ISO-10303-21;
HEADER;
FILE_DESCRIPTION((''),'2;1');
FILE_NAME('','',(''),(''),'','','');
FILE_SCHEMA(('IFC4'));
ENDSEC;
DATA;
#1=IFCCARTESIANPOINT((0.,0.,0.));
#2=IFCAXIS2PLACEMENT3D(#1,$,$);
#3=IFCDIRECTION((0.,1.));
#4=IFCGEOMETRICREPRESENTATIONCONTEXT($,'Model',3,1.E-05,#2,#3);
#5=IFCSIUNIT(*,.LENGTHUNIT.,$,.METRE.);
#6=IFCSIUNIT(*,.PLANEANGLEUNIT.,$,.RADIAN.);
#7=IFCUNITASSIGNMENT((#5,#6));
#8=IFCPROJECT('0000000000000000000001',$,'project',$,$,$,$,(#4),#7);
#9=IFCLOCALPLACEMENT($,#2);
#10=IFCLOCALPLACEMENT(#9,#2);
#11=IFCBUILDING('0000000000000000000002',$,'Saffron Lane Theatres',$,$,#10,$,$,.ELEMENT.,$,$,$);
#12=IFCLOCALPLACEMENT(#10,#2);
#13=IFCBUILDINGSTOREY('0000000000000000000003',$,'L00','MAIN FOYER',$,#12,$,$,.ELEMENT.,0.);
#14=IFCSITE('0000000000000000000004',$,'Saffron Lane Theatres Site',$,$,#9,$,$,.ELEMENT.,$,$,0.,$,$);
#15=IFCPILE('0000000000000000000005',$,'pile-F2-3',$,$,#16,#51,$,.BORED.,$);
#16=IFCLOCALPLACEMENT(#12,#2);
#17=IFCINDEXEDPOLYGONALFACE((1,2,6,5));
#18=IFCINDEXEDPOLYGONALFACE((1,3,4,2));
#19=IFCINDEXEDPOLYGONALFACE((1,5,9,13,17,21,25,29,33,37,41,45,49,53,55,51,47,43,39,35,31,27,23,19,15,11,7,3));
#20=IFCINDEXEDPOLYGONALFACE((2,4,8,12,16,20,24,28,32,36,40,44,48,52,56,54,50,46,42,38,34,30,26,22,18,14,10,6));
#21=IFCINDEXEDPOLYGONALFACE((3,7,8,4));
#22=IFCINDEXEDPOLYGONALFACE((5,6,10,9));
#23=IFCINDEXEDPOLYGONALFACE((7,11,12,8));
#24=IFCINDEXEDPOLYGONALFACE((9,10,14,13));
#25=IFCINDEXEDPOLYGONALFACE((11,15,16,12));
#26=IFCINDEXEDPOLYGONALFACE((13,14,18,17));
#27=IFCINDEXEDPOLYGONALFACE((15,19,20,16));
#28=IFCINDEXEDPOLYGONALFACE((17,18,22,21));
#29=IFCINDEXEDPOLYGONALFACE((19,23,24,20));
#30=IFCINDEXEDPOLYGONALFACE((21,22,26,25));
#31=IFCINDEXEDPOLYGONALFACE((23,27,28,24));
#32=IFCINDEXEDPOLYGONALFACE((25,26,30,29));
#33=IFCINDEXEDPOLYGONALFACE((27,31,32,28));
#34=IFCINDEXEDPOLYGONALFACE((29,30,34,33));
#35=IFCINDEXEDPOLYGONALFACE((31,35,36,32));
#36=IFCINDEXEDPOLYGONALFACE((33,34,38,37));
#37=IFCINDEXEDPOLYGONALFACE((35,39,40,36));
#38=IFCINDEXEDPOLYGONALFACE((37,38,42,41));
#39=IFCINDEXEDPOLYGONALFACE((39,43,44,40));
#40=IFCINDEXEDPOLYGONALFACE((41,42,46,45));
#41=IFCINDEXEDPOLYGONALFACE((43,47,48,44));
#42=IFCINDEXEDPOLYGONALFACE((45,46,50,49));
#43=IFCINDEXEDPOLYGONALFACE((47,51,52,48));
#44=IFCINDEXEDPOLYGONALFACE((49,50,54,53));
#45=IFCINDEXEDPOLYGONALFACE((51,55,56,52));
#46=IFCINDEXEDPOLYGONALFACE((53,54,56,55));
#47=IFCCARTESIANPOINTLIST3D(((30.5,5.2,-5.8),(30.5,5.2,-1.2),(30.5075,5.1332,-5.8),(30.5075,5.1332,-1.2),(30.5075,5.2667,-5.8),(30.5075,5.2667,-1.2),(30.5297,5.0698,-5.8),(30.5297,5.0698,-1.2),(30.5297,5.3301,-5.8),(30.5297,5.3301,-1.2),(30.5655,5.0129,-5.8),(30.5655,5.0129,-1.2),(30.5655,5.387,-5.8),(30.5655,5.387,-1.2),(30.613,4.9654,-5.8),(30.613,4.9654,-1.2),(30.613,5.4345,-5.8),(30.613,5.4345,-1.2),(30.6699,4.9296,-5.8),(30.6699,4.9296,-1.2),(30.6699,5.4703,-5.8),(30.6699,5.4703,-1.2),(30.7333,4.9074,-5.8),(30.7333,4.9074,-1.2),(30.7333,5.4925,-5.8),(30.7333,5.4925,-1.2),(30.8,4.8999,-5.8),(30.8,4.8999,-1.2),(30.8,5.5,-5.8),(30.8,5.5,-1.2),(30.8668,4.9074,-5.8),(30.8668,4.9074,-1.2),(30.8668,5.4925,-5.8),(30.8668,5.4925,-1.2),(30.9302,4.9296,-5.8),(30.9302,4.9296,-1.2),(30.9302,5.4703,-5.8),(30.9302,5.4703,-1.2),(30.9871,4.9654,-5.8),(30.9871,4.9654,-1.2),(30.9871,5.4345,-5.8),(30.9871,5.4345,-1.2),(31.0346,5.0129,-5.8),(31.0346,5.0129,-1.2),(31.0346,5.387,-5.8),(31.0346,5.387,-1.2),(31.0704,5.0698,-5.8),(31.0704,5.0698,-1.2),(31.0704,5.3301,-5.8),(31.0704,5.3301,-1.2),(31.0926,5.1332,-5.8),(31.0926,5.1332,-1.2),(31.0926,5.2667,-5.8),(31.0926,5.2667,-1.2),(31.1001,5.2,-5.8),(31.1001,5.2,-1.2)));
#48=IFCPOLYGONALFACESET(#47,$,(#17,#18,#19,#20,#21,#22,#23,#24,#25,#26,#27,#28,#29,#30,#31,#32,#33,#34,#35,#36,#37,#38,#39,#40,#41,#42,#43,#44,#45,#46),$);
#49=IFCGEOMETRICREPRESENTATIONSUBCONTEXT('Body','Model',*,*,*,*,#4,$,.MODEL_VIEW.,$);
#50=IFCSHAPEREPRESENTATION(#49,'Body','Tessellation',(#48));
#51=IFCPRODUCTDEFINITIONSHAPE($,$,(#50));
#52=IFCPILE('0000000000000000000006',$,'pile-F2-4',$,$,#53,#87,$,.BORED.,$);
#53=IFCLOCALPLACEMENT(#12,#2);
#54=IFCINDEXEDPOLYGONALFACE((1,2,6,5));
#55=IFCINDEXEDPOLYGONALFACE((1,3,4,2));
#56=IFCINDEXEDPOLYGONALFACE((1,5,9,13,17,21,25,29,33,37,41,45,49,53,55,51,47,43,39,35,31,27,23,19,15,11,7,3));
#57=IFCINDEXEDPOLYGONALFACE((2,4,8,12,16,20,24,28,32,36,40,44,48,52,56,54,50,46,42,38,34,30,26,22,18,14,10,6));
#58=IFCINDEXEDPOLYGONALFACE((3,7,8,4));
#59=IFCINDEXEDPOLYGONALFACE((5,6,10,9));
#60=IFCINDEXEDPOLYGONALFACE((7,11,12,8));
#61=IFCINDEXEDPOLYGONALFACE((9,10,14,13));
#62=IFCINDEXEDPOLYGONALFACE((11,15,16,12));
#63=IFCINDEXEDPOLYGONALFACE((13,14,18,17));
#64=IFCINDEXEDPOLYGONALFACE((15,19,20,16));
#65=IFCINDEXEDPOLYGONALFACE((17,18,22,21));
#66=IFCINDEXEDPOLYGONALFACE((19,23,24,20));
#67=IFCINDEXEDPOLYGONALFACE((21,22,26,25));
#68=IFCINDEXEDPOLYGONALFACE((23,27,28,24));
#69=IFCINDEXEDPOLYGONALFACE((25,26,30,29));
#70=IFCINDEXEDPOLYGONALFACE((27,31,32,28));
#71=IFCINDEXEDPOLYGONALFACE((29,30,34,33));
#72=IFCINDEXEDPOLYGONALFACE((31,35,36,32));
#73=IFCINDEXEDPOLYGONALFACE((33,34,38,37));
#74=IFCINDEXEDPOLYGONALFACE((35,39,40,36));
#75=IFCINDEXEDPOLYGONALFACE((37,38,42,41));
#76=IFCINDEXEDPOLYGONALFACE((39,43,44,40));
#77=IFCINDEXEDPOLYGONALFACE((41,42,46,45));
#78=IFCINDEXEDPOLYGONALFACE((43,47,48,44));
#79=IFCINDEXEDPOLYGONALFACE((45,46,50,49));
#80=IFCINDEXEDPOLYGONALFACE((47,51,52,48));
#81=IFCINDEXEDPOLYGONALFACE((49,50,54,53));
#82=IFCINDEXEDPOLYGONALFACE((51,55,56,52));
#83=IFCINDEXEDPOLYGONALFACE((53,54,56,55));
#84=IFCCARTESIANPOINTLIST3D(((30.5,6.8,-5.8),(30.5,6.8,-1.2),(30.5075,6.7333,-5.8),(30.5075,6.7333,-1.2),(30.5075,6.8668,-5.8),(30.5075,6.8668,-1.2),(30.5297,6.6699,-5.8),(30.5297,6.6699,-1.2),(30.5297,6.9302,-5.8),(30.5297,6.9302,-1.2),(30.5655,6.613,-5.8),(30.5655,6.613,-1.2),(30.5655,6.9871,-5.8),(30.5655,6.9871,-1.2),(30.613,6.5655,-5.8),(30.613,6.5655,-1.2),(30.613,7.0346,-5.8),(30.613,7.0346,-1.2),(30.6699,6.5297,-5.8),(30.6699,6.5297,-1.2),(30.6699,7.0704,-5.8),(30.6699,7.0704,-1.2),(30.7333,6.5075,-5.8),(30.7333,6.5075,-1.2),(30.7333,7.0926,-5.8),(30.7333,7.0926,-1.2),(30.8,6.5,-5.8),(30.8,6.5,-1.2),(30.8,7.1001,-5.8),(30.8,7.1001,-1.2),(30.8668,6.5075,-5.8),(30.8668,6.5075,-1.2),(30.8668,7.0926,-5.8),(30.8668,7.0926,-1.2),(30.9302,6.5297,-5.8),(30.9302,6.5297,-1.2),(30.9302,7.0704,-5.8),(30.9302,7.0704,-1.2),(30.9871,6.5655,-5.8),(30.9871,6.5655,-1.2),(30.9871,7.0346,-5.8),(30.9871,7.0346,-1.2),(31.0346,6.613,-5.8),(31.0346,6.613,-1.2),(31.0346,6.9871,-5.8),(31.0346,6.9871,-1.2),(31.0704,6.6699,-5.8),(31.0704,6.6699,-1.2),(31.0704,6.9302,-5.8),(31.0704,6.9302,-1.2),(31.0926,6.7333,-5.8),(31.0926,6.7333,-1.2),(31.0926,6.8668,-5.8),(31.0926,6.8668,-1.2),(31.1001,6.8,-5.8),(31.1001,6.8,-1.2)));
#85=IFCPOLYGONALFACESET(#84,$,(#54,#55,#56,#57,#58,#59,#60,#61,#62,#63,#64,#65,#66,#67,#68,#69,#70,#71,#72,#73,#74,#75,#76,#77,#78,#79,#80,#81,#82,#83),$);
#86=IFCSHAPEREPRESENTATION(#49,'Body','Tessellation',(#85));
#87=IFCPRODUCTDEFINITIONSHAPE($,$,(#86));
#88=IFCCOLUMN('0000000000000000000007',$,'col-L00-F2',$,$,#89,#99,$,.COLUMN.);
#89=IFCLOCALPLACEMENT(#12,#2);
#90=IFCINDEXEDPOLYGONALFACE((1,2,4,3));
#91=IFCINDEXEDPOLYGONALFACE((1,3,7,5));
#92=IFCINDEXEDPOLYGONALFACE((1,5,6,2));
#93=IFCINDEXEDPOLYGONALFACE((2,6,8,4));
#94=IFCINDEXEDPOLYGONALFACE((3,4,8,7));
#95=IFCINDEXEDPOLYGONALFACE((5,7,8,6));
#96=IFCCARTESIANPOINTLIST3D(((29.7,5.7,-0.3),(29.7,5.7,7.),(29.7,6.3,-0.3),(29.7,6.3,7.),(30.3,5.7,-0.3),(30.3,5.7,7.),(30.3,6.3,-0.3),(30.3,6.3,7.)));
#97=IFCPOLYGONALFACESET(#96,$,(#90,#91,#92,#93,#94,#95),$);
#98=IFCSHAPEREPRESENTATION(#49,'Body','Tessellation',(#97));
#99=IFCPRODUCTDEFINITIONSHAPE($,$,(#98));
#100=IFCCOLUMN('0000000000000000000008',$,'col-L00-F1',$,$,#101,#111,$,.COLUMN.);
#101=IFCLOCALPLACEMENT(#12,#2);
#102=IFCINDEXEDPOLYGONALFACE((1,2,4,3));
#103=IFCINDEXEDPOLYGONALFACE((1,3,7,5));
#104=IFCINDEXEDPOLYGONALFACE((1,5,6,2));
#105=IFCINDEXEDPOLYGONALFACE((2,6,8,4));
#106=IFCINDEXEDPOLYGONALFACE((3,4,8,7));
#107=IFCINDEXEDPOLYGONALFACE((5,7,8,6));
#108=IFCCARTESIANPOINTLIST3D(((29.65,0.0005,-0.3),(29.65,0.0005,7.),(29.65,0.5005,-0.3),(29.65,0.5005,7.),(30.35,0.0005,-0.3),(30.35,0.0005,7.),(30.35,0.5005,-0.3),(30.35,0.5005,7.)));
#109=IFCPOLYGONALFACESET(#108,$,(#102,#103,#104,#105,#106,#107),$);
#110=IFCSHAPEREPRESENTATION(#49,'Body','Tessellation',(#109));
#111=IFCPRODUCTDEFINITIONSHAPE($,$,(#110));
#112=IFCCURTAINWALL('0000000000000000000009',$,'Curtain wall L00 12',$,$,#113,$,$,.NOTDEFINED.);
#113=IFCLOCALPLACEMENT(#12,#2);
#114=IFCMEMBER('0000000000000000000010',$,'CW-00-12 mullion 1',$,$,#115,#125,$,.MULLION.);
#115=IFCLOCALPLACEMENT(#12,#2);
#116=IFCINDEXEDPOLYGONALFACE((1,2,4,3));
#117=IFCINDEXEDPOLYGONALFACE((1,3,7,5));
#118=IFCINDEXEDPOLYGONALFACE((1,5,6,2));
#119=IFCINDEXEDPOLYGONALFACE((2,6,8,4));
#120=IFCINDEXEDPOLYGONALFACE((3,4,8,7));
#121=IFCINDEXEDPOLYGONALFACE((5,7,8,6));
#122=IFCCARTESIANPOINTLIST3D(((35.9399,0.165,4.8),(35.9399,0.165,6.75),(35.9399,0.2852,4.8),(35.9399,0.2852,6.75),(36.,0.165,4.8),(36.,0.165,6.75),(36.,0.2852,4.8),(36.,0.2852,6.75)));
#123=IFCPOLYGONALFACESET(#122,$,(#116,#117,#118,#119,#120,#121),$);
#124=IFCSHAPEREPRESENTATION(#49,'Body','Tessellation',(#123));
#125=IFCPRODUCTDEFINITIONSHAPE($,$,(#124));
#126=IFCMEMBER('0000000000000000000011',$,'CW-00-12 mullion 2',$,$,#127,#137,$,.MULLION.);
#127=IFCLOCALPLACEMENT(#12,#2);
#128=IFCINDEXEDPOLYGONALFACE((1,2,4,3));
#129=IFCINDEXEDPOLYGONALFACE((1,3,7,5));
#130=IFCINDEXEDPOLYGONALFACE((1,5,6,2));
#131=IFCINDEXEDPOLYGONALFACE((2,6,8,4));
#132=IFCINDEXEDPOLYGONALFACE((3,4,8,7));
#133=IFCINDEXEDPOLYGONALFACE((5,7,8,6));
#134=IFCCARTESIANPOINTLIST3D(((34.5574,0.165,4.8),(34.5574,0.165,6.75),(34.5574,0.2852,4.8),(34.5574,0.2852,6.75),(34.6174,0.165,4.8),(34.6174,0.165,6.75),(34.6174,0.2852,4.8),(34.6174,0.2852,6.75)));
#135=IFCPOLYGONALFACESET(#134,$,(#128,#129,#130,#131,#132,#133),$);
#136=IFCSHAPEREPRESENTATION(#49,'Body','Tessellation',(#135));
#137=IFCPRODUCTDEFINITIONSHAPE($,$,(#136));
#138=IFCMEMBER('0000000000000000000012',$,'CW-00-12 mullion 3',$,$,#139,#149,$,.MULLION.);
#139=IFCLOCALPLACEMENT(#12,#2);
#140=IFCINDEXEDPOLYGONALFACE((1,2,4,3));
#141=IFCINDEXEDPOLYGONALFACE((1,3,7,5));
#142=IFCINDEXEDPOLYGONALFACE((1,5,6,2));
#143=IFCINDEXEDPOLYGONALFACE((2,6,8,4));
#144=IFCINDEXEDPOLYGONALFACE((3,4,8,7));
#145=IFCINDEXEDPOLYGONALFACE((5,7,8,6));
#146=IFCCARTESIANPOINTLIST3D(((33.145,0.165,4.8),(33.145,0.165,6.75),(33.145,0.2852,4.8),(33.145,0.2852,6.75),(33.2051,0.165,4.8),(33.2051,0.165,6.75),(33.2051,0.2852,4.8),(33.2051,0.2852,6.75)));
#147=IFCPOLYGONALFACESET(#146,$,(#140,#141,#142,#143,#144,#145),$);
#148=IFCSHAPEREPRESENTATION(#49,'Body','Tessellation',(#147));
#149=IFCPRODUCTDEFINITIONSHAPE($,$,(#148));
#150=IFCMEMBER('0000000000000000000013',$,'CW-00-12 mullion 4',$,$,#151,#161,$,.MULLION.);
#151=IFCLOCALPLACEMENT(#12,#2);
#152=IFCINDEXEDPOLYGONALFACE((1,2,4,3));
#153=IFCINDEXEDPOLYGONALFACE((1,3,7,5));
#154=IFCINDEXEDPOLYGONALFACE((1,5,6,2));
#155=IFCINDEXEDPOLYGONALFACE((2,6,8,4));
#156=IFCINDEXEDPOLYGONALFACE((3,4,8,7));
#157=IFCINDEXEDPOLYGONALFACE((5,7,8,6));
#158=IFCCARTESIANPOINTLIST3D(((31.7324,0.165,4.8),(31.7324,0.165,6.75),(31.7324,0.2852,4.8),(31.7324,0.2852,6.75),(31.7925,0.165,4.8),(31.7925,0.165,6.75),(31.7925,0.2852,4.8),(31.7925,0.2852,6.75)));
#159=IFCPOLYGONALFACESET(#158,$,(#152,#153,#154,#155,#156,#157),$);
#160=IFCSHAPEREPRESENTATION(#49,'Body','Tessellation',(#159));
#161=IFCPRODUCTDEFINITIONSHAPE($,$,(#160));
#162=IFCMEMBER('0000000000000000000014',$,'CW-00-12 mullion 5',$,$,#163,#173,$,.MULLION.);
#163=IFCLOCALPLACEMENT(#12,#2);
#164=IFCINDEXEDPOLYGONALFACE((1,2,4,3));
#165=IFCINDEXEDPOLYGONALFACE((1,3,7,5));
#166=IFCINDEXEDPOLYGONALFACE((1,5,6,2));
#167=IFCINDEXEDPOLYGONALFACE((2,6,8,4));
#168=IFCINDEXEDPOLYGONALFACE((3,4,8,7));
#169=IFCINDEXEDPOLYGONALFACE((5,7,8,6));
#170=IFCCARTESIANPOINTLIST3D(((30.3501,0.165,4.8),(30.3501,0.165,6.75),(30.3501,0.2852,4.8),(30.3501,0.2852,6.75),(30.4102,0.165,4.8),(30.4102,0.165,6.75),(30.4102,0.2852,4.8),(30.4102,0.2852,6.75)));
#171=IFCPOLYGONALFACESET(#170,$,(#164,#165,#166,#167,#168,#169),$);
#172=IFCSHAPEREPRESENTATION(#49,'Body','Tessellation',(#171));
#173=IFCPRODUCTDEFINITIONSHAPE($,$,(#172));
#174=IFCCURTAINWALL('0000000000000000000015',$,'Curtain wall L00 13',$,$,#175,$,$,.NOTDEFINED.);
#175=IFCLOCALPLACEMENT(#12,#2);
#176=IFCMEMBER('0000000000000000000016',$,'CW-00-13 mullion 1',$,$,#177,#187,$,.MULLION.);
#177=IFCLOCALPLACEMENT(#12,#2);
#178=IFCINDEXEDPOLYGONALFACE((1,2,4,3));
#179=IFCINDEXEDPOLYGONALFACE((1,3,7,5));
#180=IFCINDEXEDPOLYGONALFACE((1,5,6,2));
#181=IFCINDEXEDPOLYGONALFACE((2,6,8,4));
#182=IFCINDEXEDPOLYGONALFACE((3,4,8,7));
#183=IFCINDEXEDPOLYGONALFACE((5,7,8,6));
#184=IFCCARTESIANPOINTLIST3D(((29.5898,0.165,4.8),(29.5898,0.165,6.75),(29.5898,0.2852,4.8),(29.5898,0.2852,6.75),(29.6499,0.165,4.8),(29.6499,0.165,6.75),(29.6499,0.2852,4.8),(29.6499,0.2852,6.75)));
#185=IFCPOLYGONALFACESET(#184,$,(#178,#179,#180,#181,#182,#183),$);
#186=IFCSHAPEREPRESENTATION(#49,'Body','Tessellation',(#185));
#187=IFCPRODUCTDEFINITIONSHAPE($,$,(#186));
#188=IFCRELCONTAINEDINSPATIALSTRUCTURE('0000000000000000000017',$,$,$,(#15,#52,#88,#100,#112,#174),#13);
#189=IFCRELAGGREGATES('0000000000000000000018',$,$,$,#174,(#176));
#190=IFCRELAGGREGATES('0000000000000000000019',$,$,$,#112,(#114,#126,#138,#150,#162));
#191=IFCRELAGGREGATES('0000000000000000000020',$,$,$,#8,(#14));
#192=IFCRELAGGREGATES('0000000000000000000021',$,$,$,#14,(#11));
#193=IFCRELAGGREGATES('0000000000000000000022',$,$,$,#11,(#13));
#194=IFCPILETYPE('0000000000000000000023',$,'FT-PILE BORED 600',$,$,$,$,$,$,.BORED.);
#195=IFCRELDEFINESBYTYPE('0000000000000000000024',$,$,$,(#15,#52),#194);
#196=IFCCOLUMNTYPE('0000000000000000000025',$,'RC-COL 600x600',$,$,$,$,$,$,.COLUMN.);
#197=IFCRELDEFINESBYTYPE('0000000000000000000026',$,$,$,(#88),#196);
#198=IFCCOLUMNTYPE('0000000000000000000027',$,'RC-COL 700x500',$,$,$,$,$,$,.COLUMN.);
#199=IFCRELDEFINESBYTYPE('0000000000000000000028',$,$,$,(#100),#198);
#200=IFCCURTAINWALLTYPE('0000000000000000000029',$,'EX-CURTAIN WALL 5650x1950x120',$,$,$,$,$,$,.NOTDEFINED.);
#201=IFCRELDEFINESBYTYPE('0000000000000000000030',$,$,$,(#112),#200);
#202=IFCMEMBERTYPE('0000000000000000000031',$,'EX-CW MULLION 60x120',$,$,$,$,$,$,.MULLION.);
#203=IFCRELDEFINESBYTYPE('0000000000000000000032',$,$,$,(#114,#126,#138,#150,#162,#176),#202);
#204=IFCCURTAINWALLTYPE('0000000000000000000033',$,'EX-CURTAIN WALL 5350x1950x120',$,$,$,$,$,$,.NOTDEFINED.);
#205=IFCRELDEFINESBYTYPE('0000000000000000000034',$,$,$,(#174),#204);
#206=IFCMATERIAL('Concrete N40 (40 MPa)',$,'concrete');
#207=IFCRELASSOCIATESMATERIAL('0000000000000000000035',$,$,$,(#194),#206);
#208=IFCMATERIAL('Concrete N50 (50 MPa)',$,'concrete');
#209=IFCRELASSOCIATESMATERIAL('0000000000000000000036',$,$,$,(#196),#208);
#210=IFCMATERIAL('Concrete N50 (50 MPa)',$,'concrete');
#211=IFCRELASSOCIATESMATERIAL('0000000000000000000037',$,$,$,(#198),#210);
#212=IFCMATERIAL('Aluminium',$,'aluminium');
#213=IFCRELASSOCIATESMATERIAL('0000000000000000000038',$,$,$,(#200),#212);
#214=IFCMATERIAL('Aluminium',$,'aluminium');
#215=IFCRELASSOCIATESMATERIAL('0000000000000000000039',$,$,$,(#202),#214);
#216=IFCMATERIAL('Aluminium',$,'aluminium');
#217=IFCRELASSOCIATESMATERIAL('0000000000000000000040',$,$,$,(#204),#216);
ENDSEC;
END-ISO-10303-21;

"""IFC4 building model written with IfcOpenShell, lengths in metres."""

from ifc_helpers import new_model, si_unit, direction, frame, origin, origin_2d, place, context, subcontext, project, spatial, rectangle, circle, extrude, material, material_profile, profile_set, type_object, element, aggregate, save


model = new_model("IFC4")

# Units and contexts
model_context = context("Model", 3, precision=1e-05, world=origin(), true_north=direction((0.0, 1.0)))
body_context = subcontext(model_context, "Body", "Model", "MODEL_VIEW")
ifc_project = project(units=[si_unit("LENGTHUNIT", "METRE"), si_unit("PLANEANGLEUNIT", "RADIAN")], contexts=[model_context])

# Site, building, storey
site_placement = place(None, origin())
site = spatial("IfcSite", under=ifc_project, at=site_placement, Name="Saffron Lane Theatres Site", CompositionType="ELEMENT", RefElevation=0.0)
building_placement = place(site_placement, origin())
building = spatial("IfcBuilding", under=site, at=building_placement, Name="Saffron Lane Theatres", CompositionType="ELEMENT")
storey_placement = place(building_placement, origin())
storey = spatial("IfcBuildingStorey", under=building, at=storey_placement, Name="L00", Description="MAIN FOYER", CompositionType="ELEMENT", Elevation=0.0)

# Piles
ifc_material_1 = material(Name="Concrete N40 (40 MPa)", Category="concrete")
ifc_material_profile_1 = material_profile(ifc_material_1, circle(Radius=0.3, at=origin_2d()))
ifc_profile_set_1 = profile_set([ifc_material_profile_1], Name="Concrete N40 (40 MPa)")
pile_type = type_object("IfcPileType", Name="FT-PILE BORED 600", PredefinedType="BORED", material=ifc_profile_set_1)
for number, where, z_axis, x_axis, name in (
    (1, (30.8, 5.2, -1.2), (0.0, 0.0, -1.0), (1.0, 0.0, 0.0), "pile-F2-3"),
    (2, (30.8, 6.8, -1.2), (0.0, 0.0, -1.0), (1.0, 0.0, 0.0), "pile-F2-4"),
):
    element("IfcPile", number, at=place(storey_placement, frame(where, z_axis=z_axis, x_axis=x_axis)), inside=storey, type_object=pile_type, Name=name, PredefinedType="BORED", context=body_context, shape_type="SweptSolid", body=[
        extrude(circle(Radius=0.3, at=origin_2d()), origin(), (0.0, 0.0, 1.0), 4.6001),
    ])

# Columns
ifc_material_2 = material(Name="Concrete N50 (50 MPa)", Category="concrete")
ifc_material_profile_2 = material_profile(ifc_material_2, rectangle(XDim=0.6001, YDim=0.6001, at=origin_2d()))
ifc_profile_set_2 = profile_set([ifc_material_profile_2], Name="Concrete N50 (50 MPa)")
column_type_1 = type_object("IfcColumnType", Name="RC-COL 600x600", PredefinedType="COLUMN", material=ifc_profile_set_2)
column_1_placement = place(storey_placement, frame((30.0, 6.0, -0.3), z_axis=(0.0, 0.0, 1.0), x_axis=(1.0, 0.0, 0.0)))
element("IfcColumn", 3, at=column_1_placement, inside=storey, type_object=column_type_1, Name="col-L00-F2", PredefinedType="COLUMN", context=body_context, shape_type="SweptSolid", body=[
    extrude(rectangle(XDim=0.6001, YDim=0.6001, at=origin_2d()), origin(), (0.0, 0.0, 1.0), 7.3),
])
ifc_material_3 = material(Name="Concrete N50 (50 MPa)", Category="concrete")
ifc_material_profile_3 = material_profile(ifc_material_3, rectangle(XDim=0.7, YDim=0.5, at=origin_2d()))
ifc_profile_set_3 = profile_set([ifc_material_profile_3], Name="Concrete N50 (50 MPa)")
column_type_2 = type_object("IfcColumnType", Name="RC-COL 700x500", PredefinedType="COLUMN", material=ifc_profile_set_3)
column_2_placement = place(storey_placement, frame((30.0, 0.2505, -0.3), z_axis=(0.0, 0.0, 1.0), x_axis=(1.0, 0.0, 0.0)))
element("IfcColumn", 4, at=column_2_placement, inside=storey, type_object=column_type_2, Name="col-L00-F1", PredefinedType="COLUMN", context=body_context, shape_type="SweptSolid", body=[
    extrude(rectangle(XDim=0.7, YDim=0.5, at=origin_2d()), origin(), (0.0, 0.0, 1.0), 7.3),
])

# Curtain wall, members
ifc_material_4 = material(Name="Aluminium", Category="aluminium")
curtain_wall_type_1 = type_object("IfcCurtainWallType", Name="EX-CURTAIN WALL 5650x1950x120", PredefinedType="NOTDEFINED", material=ifc_material_4)
curtain_wall_1_placement = place(storey_placement, origin())
curtain_wall_1 = element("IfcCurtainWall", 5, at=curtain_wall_1_placement, inside=storey, type_object=curtain_wall_type_1, Name="Curtain wall L00 12", PredefinedType="NOTDEFINED")
ifc_material_5 = material(Name="Aluminium", Category="aluminium")
ifc_material_profile_4 = material_profile(ifc_material_5, rectangle(XDim=0.0601, YDim=0.1201, at=origin_2d()))
ifc_profile_set_4 = profile_set([ifc_material_profile_4], Name="Aluminium")
member_type_1 = type_object("IfcMemberType", Name="EX-CW MULLION 60x120", PredefinedType="MULLION", material=ifc_profile_set_4)
member_1_placement = place(storey_placement, frame((35.97, 0.2251, 4.8), z_axis=(0.0, 0.0, 1.0), x_axis=(-1.0, 0.0, 0.0)))
member_1 = element("IfcMember", 6, at=member_1_placement, type_object=member_type_1, Name="CW-00-12 mullion 1", PredefinedType="MULLION", context=body_context, shape_type="SweptSolid", body=[
    extrude(rectangle(XDim=0.0601, YDim=0.1201, at=origin_2d()), origin(), (0.0, 0.0, 1.0), 1.95),
])
member_2_placement = place(storey_placement, frame((34.5874, 0.2251, 4.8), z_axis=(0.0, 0.0, 1.0), x_axis=(-1.0, 0.0, 0.0)))
member_2 = element("IfcMember", 7, at=member_2_placement, type_object=member_type_1, Name="CW-00-12 mullion 2", PredefinedType="MULLION", context=body_context, shape_type="SweptSolid", body=[
    extrude(rectangle(XDim=0.0601, YDim=0.1201, at=origin_2d()), origin(), (0.0, 0.0, 1.0), 1.95),
])
member_3_placement = place(storey_placement, frame((33.175, 0.2251, 4.8), z_axis=(0.0, 0.0, 1.0), x_axis=(-1.0, 0.0, 0.0)))
member_3 = element("IfcMember", 8, at=member_3_placement, type_object=member_type_1, Name="CW-00-12 mullion 3", PredefinedType="MULLION", context=body_context, shape_type="SweptSolid", body=[
    extrude(rectangle(XDim=0.0601, YDim=0.1201, at=origin_2d()), origin(), (0.0, 0.0, 1.0), 1.95),
])
member_4_placement = place(storey_placement, frame((31.7625, 0.2251, 4.8), z_axis=(0.0, 0.0, 1.0), x_axis=(-1.0, 0.0, 0.0)))
member_4 = element("IfcMember", 9, at=member_4_placement, type_object=member_type_1, Name="CW-00-12 mullion 4", PredefinedType="MULLION", context=body_context, shape_type="SweptSolid", body=[
    extrude(rectangle(XDim=0.0601, YDim=0.1201, at=origin_2d()), origin(), (0.0, 0.0, 1.0), 1.95),
])
member_5_placement = place(storey_placement, frame((30.3801, 0.2251, 4.8), z_axis=(0.0, 0.0, 1.0), x_axis=(-1.0, 0.0, 0.0)))
member_5 = element("IfcMember", 10, at=member_5_placement, type_object=member_type_1, Name="CW-00-12 mullion 5", PredefinedType="MULLION", context=body_context, shape_type="SweptSolid", body=[
    extrude(rectangle(XDim=0.0601, YDim=0.1201, at=origin_2d()), origin(), (0.0, 0.0, 1.0), 1.95),
])

# Curtain wall, member
ifc_material_6 = material(Name="Aluminium", Category="aluminium")
curtain_wall_type_2 = type_object("IfcCurtainWallType", Name="EX-CURTAIN WALL 5350x1950x120", PredefinedType="NOTDEFINED", material=ifc_material_6)
curtain_wall_2_placement = place(storey_placement, origin())
curtain_wall_2 = element("IfcCurtainWall", 11, at=curtain_wall_2_placement, inside=storey, type_object=curtain_wall_type_2, Name="Curtain wall L00 13", PredefinedType="NOTDEFINED")
member_6_placement = place(storey_placement, frame((29.6199, 0.2251, 4.8), z_axis=(0.0, 0.0, 1.0), x_axis=(-1.0, 0.0, 0.0)))
member_6 = element("IfcMember", 12, at=member_6_placement, type_object=member_type_1, Name="CW-00-13 mullion 1", PredefinedType="MULLION", context=body_context, shape_type="SweptSolid", body=[
    extrude(rectangle(XDim=0.0601, YDim=0.1201, at=origin_2d()), origin(), (0.0, 0.0, 1.0), 1.95),
])

aggregate(curtain_wall_2, [member_6])

aggregate(curtain_wall_1, [member_1, member_2, member_3, member_4, member_5])

save(model, "model.ifc")
